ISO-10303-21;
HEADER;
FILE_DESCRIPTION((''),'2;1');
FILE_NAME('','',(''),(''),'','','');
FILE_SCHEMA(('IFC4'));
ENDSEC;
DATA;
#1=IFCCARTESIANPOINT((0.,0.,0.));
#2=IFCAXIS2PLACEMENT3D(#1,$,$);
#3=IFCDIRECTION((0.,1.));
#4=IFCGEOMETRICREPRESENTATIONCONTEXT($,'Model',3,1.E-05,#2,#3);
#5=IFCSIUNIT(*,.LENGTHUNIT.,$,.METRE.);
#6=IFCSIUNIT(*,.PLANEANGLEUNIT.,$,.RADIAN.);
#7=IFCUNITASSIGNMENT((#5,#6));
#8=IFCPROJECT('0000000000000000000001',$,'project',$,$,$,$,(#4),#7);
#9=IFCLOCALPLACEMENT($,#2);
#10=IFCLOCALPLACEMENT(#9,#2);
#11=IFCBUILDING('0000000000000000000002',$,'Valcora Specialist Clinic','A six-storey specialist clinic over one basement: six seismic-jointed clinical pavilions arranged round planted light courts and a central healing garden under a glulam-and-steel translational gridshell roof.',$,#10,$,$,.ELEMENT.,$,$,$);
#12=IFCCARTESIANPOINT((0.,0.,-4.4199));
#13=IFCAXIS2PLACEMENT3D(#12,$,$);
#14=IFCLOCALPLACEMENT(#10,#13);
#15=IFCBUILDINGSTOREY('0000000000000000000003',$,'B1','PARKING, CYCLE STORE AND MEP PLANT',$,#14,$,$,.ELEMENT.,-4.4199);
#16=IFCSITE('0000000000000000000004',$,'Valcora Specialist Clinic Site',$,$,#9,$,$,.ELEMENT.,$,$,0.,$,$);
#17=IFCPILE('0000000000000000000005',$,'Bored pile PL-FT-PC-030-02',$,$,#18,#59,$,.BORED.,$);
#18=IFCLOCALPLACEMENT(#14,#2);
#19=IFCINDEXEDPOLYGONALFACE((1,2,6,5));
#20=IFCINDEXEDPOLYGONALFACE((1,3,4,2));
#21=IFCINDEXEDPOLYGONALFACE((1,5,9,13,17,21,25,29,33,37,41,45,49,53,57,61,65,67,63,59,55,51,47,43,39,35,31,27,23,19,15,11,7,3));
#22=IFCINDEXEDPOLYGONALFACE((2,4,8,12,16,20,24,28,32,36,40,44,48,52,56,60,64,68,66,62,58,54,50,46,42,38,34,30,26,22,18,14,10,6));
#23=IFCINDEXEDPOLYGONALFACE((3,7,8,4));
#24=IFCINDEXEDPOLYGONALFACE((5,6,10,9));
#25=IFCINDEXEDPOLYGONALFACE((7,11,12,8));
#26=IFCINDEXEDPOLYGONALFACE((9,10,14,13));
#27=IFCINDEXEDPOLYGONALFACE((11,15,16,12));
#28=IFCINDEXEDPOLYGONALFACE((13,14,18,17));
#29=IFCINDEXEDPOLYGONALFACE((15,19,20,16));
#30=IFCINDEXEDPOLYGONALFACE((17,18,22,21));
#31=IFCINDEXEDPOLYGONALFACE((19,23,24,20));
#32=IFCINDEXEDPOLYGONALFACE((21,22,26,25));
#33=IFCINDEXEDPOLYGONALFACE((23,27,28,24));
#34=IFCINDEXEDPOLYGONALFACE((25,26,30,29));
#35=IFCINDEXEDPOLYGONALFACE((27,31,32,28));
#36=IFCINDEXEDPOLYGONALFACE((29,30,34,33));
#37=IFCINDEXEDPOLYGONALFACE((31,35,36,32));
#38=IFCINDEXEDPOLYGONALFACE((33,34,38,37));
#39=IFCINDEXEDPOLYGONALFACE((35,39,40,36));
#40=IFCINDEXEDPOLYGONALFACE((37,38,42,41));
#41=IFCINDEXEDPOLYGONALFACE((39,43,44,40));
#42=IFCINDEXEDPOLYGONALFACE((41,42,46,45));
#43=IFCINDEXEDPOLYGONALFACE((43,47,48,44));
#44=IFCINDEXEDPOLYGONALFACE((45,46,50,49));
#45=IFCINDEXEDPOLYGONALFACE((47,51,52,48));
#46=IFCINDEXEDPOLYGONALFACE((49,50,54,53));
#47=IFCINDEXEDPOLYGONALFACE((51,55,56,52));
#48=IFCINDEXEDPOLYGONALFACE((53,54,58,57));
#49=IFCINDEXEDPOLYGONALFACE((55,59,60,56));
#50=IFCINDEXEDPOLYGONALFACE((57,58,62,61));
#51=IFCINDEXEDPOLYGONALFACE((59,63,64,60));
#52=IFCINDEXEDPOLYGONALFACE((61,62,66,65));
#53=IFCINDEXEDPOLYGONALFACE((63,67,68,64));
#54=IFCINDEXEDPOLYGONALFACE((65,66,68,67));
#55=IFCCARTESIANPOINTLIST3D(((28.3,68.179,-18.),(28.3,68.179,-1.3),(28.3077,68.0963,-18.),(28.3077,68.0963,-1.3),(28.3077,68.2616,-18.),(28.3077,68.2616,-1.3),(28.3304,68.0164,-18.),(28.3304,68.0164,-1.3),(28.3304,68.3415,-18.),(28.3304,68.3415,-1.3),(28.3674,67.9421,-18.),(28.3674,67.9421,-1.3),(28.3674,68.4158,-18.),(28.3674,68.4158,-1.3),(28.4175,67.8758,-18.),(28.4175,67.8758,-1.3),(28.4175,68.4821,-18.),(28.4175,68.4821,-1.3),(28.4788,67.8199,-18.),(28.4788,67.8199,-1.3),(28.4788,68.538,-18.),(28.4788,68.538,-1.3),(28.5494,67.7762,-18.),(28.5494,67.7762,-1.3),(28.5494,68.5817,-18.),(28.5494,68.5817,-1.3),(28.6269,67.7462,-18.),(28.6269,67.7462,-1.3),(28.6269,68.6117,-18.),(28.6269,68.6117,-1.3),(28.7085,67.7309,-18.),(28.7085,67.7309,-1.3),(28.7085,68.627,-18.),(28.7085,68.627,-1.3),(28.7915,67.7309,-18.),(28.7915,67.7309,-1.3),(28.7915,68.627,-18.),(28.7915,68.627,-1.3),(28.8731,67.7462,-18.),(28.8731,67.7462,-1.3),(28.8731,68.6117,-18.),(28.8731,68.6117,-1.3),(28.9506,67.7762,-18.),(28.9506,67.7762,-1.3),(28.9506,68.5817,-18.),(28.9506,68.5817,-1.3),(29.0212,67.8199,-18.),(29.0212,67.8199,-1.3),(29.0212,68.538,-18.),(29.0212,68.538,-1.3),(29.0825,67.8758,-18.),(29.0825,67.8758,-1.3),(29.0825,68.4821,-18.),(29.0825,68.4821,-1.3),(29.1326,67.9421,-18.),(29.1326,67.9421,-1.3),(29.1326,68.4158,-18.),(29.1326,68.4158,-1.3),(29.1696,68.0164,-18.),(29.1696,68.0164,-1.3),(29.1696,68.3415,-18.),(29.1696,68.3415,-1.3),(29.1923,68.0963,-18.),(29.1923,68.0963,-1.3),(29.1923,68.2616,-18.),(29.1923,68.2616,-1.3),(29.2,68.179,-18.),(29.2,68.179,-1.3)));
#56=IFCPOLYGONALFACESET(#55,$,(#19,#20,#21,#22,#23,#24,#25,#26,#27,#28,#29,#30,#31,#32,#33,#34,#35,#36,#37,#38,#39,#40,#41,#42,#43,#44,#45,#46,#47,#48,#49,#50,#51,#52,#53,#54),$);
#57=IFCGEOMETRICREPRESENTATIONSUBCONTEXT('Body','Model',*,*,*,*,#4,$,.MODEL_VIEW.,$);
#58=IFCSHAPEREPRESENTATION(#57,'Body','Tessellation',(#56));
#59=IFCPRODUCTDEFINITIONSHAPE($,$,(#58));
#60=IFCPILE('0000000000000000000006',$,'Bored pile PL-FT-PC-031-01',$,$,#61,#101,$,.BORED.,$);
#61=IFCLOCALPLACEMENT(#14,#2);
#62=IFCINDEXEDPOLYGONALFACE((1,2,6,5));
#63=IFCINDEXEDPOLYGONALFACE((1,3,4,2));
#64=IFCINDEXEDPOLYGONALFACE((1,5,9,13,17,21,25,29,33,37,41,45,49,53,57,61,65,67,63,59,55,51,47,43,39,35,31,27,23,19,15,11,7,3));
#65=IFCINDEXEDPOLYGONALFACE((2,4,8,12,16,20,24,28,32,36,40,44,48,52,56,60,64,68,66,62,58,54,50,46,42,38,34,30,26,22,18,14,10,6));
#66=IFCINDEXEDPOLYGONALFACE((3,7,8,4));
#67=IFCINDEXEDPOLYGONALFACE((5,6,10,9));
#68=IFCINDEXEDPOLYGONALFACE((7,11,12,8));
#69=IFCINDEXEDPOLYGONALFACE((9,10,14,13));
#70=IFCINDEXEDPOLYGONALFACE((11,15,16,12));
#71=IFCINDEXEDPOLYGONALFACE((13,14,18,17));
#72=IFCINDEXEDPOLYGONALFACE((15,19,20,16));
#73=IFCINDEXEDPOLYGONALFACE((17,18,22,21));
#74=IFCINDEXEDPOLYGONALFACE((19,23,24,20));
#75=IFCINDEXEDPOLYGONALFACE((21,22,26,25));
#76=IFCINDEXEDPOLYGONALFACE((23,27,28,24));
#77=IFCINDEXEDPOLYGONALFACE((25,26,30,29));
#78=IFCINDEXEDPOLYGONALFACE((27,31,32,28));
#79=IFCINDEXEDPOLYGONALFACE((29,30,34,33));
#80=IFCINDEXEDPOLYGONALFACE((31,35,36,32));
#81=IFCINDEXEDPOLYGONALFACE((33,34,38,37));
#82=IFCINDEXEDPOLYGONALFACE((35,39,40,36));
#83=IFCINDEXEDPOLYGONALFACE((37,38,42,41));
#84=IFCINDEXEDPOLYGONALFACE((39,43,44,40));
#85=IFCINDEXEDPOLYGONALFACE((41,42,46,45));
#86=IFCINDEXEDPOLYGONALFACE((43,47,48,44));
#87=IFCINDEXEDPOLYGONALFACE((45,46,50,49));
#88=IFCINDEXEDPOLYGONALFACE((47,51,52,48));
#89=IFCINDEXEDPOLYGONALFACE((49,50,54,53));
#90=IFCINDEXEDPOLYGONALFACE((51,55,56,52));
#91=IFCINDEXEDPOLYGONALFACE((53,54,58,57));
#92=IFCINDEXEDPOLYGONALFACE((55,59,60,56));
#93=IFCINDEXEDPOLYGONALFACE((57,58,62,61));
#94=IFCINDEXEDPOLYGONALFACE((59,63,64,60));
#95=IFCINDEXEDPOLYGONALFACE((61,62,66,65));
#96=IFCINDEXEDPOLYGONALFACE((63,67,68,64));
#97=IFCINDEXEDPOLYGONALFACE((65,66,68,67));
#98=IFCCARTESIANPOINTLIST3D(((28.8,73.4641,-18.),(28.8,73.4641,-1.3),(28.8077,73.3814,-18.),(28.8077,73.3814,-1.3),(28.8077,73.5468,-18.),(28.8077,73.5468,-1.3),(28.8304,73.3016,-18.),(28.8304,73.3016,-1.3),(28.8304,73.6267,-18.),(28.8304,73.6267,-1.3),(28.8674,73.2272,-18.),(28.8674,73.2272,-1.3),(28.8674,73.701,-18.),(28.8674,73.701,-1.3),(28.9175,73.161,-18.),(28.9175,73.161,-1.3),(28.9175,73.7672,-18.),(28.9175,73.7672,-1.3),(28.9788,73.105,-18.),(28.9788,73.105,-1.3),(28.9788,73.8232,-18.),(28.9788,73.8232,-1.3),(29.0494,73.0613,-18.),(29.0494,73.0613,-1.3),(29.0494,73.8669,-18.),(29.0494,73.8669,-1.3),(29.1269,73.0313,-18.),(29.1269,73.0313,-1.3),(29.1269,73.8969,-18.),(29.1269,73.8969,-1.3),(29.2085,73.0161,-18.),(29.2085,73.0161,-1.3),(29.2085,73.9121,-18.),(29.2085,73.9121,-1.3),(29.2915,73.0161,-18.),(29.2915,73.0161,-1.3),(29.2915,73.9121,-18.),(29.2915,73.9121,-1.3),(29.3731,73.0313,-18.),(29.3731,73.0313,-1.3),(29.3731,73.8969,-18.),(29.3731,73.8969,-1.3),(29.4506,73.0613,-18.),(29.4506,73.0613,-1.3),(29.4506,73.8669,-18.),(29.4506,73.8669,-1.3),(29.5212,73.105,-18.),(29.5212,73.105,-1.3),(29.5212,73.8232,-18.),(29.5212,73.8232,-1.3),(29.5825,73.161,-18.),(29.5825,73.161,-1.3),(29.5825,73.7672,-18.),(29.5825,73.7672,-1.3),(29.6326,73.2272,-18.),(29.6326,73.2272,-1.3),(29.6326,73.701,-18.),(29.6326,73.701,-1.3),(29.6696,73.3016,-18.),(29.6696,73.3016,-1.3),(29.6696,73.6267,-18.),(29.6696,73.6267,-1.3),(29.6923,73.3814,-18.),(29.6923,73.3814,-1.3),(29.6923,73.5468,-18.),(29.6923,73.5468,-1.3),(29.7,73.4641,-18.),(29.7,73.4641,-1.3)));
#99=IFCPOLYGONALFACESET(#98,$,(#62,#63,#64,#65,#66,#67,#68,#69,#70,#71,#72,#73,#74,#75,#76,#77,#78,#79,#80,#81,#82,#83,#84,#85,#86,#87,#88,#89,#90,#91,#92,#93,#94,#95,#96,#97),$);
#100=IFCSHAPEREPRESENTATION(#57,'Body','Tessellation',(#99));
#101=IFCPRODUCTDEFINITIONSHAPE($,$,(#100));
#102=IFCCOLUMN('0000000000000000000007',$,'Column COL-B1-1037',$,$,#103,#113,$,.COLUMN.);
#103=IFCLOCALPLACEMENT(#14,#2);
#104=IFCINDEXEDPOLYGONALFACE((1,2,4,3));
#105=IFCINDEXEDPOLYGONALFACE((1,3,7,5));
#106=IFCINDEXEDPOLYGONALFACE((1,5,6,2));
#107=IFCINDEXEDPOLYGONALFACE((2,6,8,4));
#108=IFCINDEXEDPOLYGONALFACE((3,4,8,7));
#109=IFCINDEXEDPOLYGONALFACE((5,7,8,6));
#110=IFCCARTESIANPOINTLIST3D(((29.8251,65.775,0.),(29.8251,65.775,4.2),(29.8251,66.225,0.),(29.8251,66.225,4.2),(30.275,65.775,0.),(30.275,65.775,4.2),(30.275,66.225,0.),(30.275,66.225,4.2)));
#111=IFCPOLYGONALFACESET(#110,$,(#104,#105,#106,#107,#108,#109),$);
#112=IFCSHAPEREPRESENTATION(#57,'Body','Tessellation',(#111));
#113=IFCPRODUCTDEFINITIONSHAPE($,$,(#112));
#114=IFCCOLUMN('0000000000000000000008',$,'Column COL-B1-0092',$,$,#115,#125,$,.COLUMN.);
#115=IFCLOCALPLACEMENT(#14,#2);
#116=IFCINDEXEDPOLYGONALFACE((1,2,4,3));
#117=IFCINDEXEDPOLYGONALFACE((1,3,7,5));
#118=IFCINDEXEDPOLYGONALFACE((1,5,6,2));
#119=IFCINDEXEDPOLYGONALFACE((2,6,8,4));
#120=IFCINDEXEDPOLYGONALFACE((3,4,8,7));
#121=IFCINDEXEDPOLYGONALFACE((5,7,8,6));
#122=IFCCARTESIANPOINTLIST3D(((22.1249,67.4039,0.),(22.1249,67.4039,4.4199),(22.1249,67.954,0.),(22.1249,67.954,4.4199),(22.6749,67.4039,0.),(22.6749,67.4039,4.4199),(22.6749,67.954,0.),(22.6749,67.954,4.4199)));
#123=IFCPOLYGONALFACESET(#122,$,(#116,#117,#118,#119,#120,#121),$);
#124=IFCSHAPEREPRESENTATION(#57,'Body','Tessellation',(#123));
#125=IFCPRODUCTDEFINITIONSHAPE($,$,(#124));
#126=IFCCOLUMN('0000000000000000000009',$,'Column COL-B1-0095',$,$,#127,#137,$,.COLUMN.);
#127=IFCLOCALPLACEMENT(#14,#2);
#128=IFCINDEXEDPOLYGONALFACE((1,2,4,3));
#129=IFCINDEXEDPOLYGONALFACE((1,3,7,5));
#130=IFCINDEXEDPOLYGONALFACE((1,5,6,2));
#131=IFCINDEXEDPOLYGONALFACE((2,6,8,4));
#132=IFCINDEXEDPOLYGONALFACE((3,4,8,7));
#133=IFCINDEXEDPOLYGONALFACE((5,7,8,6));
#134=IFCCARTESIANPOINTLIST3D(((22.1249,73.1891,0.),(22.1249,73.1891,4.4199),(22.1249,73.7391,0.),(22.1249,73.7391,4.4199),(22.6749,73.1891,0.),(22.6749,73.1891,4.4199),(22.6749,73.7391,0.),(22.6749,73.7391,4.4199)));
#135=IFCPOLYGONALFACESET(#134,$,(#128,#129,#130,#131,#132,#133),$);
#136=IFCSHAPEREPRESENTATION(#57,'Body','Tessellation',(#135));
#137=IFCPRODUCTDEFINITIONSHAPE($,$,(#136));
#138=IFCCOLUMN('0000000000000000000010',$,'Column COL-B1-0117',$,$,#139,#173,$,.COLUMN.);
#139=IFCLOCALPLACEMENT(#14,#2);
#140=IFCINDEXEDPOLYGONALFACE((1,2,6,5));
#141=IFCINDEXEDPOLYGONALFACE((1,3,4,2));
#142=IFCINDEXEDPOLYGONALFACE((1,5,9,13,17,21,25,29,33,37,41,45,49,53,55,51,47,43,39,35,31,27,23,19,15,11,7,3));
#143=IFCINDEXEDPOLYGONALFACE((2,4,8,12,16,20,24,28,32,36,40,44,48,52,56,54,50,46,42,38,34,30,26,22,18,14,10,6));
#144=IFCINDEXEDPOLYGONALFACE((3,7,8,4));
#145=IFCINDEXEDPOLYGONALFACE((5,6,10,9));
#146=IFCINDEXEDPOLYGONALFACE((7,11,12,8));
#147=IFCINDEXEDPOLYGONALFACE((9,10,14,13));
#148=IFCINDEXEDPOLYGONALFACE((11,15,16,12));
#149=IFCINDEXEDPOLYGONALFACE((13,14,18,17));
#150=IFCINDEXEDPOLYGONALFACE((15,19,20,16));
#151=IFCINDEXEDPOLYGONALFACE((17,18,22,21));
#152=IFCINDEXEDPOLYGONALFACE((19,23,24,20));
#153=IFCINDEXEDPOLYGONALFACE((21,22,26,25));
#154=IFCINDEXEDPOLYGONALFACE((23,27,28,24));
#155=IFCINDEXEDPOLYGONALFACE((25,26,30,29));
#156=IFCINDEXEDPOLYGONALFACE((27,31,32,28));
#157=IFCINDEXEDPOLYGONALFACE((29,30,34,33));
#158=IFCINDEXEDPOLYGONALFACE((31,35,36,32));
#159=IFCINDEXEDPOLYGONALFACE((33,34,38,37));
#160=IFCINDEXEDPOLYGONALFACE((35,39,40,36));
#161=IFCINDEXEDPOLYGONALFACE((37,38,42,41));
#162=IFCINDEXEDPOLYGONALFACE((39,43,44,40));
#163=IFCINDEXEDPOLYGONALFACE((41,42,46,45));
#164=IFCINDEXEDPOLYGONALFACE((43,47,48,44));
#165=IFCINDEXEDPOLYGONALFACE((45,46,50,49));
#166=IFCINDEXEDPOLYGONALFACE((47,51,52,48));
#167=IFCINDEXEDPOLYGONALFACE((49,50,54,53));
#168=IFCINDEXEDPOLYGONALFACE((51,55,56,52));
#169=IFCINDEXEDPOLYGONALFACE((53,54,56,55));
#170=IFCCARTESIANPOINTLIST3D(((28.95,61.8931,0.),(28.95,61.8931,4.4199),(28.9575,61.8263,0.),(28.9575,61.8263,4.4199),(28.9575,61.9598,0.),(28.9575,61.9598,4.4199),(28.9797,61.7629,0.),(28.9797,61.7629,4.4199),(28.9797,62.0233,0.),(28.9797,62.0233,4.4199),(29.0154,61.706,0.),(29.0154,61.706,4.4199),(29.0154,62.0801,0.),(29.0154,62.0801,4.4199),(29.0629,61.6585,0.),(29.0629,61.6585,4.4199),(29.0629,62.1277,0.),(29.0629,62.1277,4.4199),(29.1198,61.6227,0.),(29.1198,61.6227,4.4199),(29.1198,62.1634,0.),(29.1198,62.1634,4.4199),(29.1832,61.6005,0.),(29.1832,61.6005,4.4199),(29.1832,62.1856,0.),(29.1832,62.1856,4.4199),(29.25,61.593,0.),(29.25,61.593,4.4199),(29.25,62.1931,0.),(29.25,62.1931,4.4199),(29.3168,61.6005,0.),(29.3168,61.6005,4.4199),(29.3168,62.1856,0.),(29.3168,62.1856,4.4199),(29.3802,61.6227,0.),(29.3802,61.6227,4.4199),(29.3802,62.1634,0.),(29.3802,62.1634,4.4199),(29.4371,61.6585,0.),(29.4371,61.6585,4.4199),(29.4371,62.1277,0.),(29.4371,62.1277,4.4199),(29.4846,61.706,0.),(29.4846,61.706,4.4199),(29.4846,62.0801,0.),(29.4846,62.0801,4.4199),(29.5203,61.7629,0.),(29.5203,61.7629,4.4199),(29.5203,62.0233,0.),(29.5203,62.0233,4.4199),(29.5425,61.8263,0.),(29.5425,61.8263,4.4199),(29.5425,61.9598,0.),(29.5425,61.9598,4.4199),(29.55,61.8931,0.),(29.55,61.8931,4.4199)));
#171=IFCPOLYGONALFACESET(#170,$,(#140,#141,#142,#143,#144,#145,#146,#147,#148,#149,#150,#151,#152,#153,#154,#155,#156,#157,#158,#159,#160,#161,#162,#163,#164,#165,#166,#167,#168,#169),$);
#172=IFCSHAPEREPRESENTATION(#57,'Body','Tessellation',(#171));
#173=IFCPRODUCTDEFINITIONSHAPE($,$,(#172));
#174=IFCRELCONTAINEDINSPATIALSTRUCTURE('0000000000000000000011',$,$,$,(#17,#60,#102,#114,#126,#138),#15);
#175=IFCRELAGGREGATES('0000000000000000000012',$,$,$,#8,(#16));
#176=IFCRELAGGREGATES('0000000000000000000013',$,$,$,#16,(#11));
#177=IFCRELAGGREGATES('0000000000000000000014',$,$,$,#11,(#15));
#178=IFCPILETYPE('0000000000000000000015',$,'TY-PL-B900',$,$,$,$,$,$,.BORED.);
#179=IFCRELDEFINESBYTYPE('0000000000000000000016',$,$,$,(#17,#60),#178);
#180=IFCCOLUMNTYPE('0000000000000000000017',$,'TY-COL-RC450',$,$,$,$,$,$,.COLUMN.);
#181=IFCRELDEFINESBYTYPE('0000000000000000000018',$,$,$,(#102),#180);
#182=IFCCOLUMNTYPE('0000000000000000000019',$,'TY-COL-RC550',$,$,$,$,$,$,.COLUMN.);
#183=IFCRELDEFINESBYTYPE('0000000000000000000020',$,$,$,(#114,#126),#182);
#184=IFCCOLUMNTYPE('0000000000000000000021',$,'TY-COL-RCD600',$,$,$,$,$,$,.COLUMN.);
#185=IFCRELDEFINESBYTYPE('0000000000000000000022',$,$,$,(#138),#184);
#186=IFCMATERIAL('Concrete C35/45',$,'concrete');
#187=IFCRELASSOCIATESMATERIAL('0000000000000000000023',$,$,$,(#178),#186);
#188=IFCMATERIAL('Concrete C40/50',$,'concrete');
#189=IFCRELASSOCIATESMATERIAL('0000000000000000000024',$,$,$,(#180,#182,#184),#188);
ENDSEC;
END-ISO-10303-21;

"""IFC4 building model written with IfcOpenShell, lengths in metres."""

from ifc_helpers import new_model, si_unit, direction, frame, origin, origin_2d, place, context, subcontext, project, spatial, rectangle, circle, extrude, material, material_profile, profile_set, type_object, element, save


model = new_model("IFC4")

# Units and contexts
model_context = context("Model", 3, precision=1e-05, world=origin(), true_north=direction((0.0, 1.0)))
body_context = subcontext(model_context, "Body", "Model", "MODEL_VIEW")
ifc_project = project(units=[si_unit("LENGTHUNIT", "METRE"), si_unit("PLANEANGLEUNIT", "RADIAN")], contexts=[model_context])

# Site, building, storey
site_placement = place(None, origin())
site = spatial("IfcSite", under=ifc_project, at=site_placement, Name="Valcora Specialist Clinic Site", CompositionType="ELEMENT", RefElevation=0.0)
building_placement = place(site_placement, origin())
building = spatial("IfcBuilding", under=site, at=building_placement, Name="Valcora Specialist Clinic", Description="A six-storey specialist clinic over one basement: six seismic-jointed clinical pavilions arranged round planted light courts and a central healing garden under a glulam-and-steel translational gridshell roof.", CompositionType="ELEMENT")
storey_placement = place(building_placement, frame((0.0, 0.0, -4.4199)))
storey = spatial("IfcBuildingStorey", under=building, at=storey_placement, Name="B1", Description="PARKING, CYCLE STORE AND MEP PLANT", CompositionType="ELEMENT", Elevation=-4.4199)

# Shared definitions
ifc_material_1 = material(Name="Concrete C35/45", Category="concrete")

# Piles
ifc_material_profile_1 = material_profile(ifc_material_1, circle(Radius=0.45, at=origin_2d()), Name="RC-PIL-D900")
ifc_profile_set_1 = profile_set([ifc_material_profile_1], Name="Concrete C35/45")
pile_type_1 = type_object("IfcPileType", Name="TY-PL-B900", PredefinedType="BORED", material=ifc_profile_set_1)
for number, where, z_axis, x_axis, name in (
    (1, (28.75, 68.179, -1.3), (0.0, 0.0, -1.0), (1.0, 0.0, 0.0), "Bored pile PL-FT-PC-030-02"),
    (2, (29.25, 73.4641, -1.3), (0.0, 0.0, -1.0), (1.0, 0.0, 0.0), "Bored pile PL-FT-PC-031-01"),
):
    element("IfcPile", number, at=place(storey_placement, frame(where, z_axis=z_axis, x_axis=x_axis)), inside=storey, type_object=pile_type_1, Name=name, PredefinedType="BORED", context=body_context, shape_type="SweptSolid", body=[
        extrude(circle(Radius=0.45, at=origin_2d()), origin(), (0.0, 0.0, 1.0), 16.7),
    ])

# Columns
ifc_material_2 = material(Name="Concrete C40/50", Category="concrete")
ifc_material_profile_2 = material_profile(ifc_material_2, rectangle(XDim=0.45, YDim=0.45, at=origin_2d()), Name="RC-COL-450X450")
ifc_profile_set_2 = profile_set([ifc_material_profile_2], Name="Concrete C40/50")
column_type_1 = type_object("IfcColumnType", Name="TY-COL-RC450", PredefinedType="COLUMN", material=ifc_profile_set_2)
column_placement = place(storey_placement, frame((30.05, 66.0, 0.0), z_axis=(0.0, 0.0, 1.0), x_axis=(1.0, 0.0, 0.0)))
element("IfcColumn", 3, at=column_placement, inside=storey, type_object=column_type_1, Name="Column COL-B1-1037", PredefinedType="COLUMN", context=body_context, shape_type="SweptSolid", body=[
    extrude(rectangle(XDim=0.45, YDim=0.45, at=origin_2d()), origin(), (0.0, 0.0, 1.0), 4.2),
])
ifc_material_profile_3 = material_profile(ifc_material_2, rectangle(XDim=0.55, YDim=0.55, at=origin_2d()), Name="RC-COL-550X550")
ifc_profile_set_3 = profile_set([ifc_material_profile_3], Name="Concrete C40/50")
column_type_2 = type_object("IfcColumnType", Name="TY-COL-RC550", PredefinedType="COLUMN", material=ifc_profile_set_3)
for number, where, z_axis, x_axis, name in (
    (4, (22.3999, 67.679, 0.0), (0.0, 0.0, 1.0), (1.0, 0.0, 0.0), "Column COL-B1-0092"),
    (5, (22.3999, 73.4641, 0.0), (0.0, 0.0, 1.0), (1.0, 0.0, 0.0), "Column COL-B1-0095"),
):
    element("IfcColumn", number, at=place(storey_placement, frame(where, z_axis=z_axis, x_axis=x_axis)), inside=storey, type_object=column_type_2, Name=name, PredefinedType="COLUMN", context=body_context, shape_type="SweptSolid", body=[
        extrude(rectangle(XDim=0.55, YDim=0.55, at=origin_2d()), origin(), (0.0, 0.0, 1.0), 4.4199),
    ])
ifc_material_profile_4 = material_profile(ifc_material_2, circle(Radius=0.3, at=origin_2d()), Name="RC-COL-D600")
ifc_profile_set_4 = profile_set([ifc_material_profile_4], Name="Concrete C40/50")
column_type_3 = type_object("IfcColumnType", Name="TY-COL-RCD600", PredefinedType="COLUMN", material=ifc_profile_set_4)
for number, where, z_axis, x_axis, name in (
    (6, (29.25, 61.8931, 0.0), (0.0, 0.0, 1.0), (1.0, 0.0, 0.0), "Column COL-B1-0117"),
):
    element("IfcColumn", number, at=place(storey_placement, frame(where, z_axis=z_axis, x_axis=x_axis)), inside=storey, type_object=column_type_3, Name=name, PredefinedType="COLUMN", context=body_context, shape_type="SweptSolid", body=[
        extrude(circle(Radius=0.3, at=origin_2d()), origin(), (0.0, 0.0, 1.0), 4.4199),
    ])

save(model, "model.ifc")
